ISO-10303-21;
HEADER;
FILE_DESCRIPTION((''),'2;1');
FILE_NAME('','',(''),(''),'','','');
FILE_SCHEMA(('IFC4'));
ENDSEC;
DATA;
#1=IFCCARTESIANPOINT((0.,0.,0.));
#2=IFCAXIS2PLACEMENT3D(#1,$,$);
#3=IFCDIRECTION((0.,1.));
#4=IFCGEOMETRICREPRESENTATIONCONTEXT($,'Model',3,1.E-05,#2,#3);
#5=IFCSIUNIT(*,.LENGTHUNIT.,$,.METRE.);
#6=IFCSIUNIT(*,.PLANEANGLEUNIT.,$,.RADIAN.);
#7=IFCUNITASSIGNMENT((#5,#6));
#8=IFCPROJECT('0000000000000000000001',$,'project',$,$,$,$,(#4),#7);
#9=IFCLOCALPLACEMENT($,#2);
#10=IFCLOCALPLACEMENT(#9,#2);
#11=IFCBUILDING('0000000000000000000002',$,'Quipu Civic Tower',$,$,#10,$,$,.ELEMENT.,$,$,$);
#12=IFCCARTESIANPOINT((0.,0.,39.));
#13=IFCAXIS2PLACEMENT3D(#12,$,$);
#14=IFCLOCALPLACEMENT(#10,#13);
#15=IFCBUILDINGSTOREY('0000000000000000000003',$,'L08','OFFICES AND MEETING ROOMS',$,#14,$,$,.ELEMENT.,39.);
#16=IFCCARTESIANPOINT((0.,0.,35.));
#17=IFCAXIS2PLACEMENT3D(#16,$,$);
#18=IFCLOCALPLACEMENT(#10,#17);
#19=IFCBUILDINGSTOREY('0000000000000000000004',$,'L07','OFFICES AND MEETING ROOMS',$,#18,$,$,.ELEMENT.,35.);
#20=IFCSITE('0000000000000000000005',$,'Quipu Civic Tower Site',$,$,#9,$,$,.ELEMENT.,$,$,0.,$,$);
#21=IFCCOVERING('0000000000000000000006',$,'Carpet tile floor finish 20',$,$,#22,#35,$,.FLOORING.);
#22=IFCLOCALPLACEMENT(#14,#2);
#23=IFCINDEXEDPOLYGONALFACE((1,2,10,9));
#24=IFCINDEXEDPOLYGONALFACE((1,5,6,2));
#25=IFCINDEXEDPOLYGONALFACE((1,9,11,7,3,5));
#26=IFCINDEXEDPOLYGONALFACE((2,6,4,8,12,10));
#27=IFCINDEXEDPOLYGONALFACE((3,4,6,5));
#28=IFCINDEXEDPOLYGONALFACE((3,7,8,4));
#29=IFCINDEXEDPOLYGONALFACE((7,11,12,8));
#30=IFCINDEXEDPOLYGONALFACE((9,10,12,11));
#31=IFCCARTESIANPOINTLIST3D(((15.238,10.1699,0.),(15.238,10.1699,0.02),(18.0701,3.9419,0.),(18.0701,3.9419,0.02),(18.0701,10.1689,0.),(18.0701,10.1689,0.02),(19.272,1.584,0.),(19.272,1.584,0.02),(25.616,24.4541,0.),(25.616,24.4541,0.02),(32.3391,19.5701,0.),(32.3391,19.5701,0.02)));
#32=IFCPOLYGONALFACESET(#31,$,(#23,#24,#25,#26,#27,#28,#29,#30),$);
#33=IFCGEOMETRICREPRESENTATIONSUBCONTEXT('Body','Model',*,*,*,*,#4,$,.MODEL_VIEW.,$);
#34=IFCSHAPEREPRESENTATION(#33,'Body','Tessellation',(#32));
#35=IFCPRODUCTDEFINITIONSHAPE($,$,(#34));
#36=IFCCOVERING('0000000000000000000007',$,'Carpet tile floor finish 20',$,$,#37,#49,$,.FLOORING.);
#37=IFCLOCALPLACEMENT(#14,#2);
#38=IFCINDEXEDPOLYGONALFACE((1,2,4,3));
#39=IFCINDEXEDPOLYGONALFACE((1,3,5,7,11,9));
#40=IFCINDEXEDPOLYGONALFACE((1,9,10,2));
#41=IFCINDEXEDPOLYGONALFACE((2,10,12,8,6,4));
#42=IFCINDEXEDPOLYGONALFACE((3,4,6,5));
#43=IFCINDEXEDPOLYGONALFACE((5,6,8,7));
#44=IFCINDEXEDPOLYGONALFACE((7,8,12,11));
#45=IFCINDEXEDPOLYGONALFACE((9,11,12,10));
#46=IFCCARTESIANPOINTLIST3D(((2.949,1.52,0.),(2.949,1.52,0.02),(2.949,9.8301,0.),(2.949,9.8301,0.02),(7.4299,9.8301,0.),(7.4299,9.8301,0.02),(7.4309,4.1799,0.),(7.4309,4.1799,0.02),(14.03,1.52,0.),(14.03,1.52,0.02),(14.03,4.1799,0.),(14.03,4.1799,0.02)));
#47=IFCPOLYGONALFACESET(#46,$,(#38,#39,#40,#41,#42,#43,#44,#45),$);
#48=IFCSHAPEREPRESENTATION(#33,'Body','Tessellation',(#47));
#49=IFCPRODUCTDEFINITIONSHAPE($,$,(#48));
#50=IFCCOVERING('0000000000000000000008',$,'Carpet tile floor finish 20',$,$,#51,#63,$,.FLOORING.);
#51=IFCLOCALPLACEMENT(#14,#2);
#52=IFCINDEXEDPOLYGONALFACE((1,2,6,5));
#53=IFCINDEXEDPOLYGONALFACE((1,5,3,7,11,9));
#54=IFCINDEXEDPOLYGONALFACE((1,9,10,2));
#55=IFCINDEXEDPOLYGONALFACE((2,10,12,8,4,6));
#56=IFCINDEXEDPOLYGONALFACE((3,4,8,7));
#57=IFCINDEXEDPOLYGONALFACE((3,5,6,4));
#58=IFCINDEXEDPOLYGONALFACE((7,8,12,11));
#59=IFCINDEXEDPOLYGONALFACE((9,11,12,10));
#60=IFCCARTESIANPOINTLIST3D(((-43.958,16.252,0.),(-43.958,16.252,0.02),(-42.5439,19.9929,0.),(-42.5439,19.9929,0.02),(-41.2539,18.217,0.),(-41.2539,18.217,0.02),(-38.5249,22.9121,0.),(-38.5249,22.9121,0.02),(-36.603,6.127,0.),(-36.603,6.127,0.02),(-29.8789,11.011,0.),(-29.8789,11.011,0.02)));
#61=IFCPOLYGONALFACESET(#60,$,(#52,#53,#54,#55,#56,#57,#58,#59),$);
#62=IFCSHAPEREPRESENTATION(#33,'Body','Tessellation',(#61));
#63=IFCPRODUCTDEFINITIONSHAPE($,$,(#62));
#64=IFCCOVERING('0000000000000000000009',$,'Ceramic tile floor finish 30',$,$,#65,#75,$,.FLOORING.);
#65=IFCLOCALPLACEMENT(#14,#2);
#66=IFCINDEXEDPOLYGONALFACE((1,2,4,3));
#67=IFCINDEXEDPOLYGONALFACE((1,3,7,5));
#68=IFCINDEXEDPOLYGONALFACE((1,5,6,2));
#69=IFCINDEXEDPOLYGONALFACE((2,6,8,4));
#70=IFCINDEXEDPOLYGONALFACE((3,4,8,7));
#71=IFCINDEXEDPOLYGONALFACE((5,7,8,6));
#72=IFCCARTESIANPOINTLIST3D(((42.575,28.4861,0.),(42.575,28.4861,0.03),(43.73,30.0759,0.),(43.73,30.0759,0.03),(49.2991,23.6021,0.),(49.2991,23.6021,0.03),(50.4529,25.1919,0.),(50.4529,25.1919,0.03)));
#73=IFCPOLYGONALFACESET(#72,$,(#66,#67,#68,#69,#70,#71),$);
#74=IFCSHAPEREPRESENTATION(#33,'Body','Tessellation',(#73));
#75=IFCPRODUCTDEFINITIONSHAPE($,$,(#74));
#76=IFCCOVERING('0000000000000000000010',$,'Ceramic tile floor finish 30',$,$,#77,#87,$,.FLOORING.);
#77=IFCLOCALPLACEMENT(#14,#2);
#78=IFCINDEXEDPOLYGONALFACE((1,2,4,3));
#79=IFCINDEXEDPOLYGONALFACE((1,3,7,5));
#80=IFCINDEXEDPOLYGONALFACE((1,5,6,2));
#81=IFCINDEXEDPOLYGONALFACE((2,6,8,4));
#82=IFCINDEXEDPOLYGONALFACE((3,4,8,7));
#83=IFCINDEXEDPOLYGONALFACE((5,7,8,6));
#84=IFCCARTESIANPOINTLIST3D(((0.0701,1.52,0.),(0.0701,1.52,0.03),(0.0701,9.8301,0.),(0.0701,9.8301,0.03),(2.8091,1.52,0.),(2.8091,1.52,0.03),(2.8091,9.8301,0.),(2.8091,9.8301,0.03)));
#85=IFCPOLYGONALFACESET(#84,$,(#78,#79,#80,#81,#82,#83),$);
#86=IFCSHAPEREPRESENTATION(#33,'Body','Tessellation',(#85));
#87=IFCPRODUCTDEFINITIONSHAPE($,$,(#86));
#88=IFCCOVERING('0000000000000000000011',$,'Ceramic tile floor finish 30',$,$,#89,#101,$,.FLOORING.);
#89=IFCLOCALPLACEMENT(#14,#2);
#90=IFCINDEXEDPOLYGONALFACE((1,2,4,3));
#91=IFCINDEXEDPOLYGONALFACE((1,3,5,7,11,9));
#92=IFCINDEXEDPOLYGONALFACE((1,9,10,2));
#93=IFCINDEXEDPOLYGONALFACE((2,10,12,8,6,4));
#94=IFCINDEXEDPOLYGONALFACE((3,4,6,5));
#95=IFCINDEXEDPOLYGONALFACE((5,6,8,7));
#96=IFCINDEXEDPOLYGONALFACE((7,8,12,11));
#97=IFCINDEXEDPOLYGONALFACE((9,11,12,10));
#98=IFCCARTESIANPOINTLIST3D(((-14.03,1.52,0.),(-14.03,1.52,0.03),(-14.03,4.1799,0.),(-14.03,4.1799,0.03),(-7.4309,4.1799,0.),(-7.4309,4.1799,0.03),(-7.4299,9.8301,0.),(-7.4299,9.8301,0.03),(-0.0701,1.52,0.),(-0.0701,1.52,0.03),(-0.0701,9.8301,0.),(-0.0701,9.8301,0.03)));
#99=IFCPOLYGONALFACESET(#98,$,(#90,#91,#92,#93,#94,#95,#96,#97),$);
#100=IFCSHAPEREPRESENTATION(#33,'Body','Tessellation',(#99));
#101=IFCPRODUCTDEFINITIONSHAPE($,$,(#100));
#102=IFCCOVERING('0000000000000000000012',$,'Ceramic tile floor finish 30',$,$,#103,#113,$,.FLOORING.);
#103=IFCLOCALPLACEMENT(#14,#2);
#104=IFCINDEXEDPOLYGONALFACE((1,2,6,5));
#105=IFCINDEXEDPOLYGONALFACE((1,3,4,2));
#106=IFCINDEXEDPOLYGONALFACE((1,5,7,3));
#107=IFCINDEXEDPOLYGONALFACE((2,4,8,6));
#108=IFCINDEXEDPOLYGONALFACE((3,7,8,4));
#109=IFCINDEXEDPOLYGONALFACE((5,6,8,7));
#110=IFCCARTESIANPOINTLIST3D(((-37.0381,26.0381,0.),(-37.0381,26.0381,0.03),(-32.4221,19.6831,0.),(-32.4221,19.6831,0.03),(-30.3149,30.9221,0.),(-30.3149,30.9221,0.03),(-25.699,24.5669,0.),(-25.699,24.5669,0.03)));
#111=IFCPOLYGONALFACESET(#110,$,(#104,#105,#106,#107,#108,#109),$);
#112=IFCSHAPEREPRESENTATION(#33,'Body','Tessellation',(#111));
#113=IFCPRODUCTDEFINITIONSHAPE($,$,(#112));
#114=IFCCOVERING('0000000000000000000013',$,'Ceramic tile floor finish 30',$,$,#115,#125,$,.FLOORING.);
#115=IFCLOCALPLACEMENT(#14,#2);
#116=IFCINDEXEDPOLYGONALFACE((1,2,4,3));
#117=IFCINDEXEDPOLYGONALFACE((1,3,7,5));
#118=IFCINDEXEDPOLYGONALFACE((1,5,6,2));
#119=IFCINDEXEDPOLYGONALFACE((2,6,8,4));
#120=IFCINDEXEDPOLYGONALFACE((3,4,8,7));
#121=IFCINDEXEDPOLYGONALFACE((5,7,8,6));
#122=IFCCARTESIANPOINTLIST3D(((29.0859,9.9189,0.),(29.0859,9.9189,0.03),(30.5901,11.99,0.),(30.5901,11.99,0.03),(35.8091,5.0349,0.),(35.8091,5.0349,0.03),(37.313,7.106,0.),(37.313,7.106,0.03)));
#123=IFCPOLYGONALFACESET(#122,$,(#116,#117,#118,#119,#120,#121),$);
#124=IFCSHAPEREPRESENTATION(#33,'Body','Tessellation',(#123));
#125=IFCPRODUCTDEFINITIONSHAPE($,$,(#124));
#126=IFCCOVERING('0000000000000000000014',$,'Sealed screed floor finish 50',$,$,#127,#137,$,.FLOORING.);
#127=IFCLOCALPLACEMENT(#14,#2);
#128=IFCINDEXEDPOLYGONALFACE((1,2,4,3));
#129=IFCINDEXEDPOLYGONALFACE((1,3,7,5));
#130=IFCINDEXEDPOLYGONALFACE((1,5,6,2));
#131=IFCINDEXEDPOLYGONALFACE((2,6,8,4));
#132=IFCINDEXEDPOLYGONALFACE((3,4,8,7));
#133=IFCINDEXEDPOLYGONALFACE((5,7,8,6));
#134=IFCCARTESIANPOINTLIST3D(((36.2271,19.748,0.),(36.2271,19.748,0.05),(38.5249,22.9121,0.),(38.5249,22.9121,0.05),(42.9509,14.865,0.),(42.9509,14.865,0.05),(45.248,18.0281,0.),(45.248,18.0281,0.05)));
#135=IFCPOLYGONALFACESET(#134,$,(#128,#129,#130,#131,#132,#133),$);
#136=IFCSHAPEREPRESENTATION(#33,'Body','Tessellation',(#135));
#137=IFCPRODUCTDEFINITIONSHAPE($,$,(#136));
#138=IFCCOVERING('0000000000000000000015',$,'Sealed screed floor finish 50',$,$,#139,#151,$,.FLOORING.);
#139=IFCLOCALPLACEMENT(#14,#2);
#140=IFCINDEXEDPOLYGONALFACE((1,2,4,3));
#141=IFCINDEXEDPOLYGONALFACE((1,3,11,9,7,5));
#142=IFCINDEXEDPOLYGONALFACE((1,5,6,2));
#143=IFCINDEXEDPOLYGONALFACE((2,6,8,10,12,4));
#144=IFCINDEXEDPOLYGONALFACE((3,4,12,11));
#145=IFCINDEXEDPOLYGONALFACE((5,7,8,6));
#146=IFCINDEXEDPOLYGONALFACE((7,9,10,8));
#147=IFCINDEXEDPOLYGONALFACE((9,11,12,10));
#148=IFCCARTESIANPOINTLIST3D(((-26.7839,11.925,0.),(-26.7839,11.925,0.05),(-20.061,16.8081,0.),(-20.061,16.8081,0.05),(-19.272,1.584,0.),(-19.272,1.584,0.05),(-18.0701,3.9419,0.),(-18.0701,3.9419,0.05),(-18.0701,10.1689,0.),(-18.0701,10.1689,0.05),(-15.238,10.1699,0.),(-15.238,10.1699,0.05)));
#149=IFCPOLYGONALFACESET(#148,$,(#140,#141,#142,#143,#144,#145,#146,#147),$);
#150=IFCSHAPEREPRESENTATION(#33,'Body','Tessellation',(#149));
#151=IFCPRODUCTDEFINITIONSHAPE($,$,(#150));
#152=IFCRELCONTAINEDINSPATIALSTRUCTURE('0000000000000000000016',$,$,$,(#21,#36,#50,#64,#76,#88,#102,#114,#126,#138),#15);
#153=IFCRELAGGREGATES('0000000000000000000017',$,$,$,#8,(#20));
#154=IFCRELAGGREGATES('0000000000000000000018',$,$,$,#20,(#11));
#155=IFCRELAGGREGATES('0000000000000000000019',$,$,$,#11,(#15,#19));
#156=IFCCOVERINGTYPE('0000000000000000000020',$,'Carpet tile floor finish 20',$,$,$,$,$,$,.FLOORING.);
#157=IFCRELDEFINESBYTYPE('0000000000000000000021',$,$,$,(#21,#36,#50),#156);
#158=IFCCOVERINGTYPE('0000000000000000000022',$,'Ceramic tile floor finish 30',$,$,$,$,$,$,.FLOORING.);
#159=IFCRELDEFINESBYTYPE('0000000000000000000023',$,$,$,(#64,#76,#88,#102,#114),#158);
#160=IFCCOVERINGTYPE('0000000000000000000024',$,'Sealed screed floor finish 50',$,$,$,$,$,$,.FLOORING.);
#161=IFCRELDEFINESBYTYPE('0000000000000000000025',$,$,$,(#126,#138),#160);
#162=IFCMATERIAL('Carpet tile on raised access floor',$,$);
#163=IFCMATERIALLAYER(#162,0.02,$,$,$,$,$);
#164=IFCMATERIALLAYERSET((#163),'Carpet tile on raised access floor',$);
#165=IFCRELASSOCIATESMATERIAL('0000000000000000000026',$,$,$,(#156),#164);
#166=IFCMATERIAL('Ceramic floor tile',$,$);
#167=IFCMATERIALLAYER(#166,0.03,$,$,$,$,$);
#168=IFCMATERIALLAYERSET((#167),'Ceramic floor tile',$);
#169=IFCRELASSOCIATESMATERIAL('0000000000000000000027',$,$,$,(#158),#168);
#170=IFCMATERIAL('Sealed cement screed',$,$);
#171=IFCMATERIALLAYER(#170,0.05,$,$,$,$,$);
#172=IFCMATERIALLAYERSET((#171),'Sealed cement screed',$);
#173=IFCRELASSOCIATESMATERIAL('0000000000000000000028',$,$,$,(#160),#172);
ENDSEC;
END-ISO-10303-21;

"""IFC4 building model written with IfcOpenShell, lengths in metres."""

from ifc_helpers import new_model, si_unit, direction, frame, origin, place, context, subcontext, project, spatial, polyline, outline, extrude, material, layer, layer_set, type_object, element, save


model = new_model("IFC4")

# Units and contexts
model_context = context("Model", 3, precision=1e-05, world=origin(), true_north=direction((0.0, 1.0)))
body_context = subcontext(model_context, "Body", "Model", "MODEL_VIEW")
ifc_project = project(units=[si_unit("LENGTHUNIT", "METRE"), si_unit("PLANEANGLEUNIT", "RADIAN")], contexts=[model_context])

# Site, building, storey
site_placement = place(None, origin())
site = spatial("IfcSite", under=ifc_project, at=site_placement, Name="Quipu Civic Tower Site", CompositionType="ELEMENT", RefElevation=0.0)
building_placement = place(site_placement, origin())
building = spatial("IfcBuilding", under=site, at=building_placement, Name="Quipu Civic Tower", CompositionType="ELEMENT")
storey_1_placement = place(building_placement, frame((0.0, 0.0, 39.0)))
storey_1 = spatial("IfcBuildingStorey", under=building, at=storey_1_placement, Name="L08", Description="OFFICES AND MEETING ROOMS", CompositionType="ELEMENT", Elevation=39.0)

# Shared definitions
storey_2_placement = place(building_placement, frame((0.0, 0.0, 35.0)))
storey_2 = spatial("IfcBuildingStorey", under=building, at=storey_2_placement, Name="L07", Description="OFFICES AND MEETING ROOMS", CompositionType="ELEMENT", Elevation=35.0)

# Coverings
ifc_material_1 = material(Name="Carpet tile on raised access floor")
ifc_layer_1 = layer(ifc_material_1, 0.02)
ifc_layer_set_1 = layer_set([ifc_layer_1], Name="Carpet tile on raised access floor")
covering_type_1 = type_object("IfcCoveringType", Name="Carpet tile floor finish 20", PredefinedType="FLOORING", material=ifc_layer_set_1)
covering_1_placement = place(storey_1_placement, origin())
element("IfcCovering", 1, at=covering_1_placement, inside=storey_1, type_object=covering_type_1, Name="Carpet tile floor finish 20", PredefinedType="FLOORING", context=body_context, shape_type="SweptSolid", body=[
    extrude(outline(polyline([(15.238, 10.1699), (25.616, 24.4541), (32.3391, 19.5701), (19.272, 1.584), (18.0701, 3.9419), (18.0701, 10.1689), (15.238, 10.1699)])), origin(), (0.0, 0.0, 1.0), 0.02),
])
covering_2_placement = place(storey_1_placement, origin())
element("IfcCovering", 2, at=covering_2_placement, inside=storey_1, type_object=covering_type_1, Name="Carpet tile floor finish 20", PredefinedType="FLOORING", context=body_context, shape_type="SweptSolid", body=[
    extrude(outline(polyline([(2.949, 1.52), (2.949, 9.8301), (7.4299, 9.8301), (7.4309, 4.1799), (14.03, 4.1799), (14.03, 1.52), (2.949, 1.52)])), origin(), (0.0, 0.0, 1.0), 0.02),
])
covering_3_placement = place(storey_1_placement, origin())
element("IfcCovering", 3, at=covering_3_placement, inside=storey_1, type_object=covering_type_1, Name="Carpet tile floor finish 20", PredefinedType="FLOORING", context=body_context, shape_type="SweptSolid", body=[
    extrude(outline(polyline([(-43.958, 16.252), (-41.2539, 18.217), (-42.5439, 19.9929), (-38.5249, 22.9121), (-29.8789, 11.011), (-36.603, 6.127), (-43.958, 16.252)])), origin(), (0.0, 0.0, 1.0), 0.02),
])
ifc_material_2 = material(Name="Ceramic floor tile")
ifc_layer_2 = layer(ifc_material_2, 0.03)
ifc_layer_set_2 = layer_set([ifc_layer_2], Name="Ceramic floor tile")
covering_type_2 = type_object("IfcCoveringType", Name="Ceramic tile floor finish 30", PredefinedType="FLOORING", material=ifc_layer_set_2)
covering_4_placement = place(storey_1_placement, origin())
element("IfcCovering", 4, at=covering_4_placement, inside=storey_1, type_object=covering_type_2, Name="Ceramic tile floor finish 30", PredefinedType="FLOORING", context=body_context, shape_type="SweptSolid", body=[
    extrude(outline(polyline([(42.575, 28.4861), (43.73, 30.0759), (50.4529, 25.1919), (49.2991, 23.6021), (42.575, 28.4861)])), origin(), (0.0, 0.0, 1.0), 0.03),
])
covering_5_placement = place(storey_1_placement, origin())
element("IfcCovering", 5, at=covering_5_placement, inside=storey_1, type_object=covering_type_2, Name="Ceramic tile floor finish 30", PredefinedType="FLOORING", context=body_context, shape_type="SweptSolid", body=[
    extrude(outline(polyline([(0.0701, 9.8301), (2.8091, 9.8301), (2.8091, 1.52), (0.0701, 1.52), (0.0701, 9.8301)])), origin(), (0.0, 0.0, 1.0), 0.03),
])
covering_6_placement = place(storey_1_placement, origin())
element("IfcCovering", 6, at=covering_6_placement, inside=storey_1, type_object=covering_type_2, Name="Ceramic tile floor finish 30", PredefinedType="FLOORING", context=body_context, shape_type="SweptSolid", body=[
    extrude(outline(polyline([(-14.03, 4.1799), (-7.4309, 4.1799), (-7.4299, 9.8301), (-0.0701, 9.8301), (-0.0701, 1.52), (-14.03, 1.52), (-14.03, 4.1799)])), origin(), (0.0, 0.0, 1.0), 0.03),
])
covering_7_placement = place(storey_1_placement, origin())
element("IfcCovering", 7, at=covering_7_placement, inside=storey_1, type_object=covering_type_2, Name="Ceramic tile floor finish 30", PredefinedType="FLOORING", context=body_context, shape_type="SweptSolid", body=[
    extrude(outline(polyline([(-37.0381, 26.0381), (-30.3149, 30.9221), (-25.699, 24.5669), (-32.4221, 19.6831), (-37.0381, 26.0381)])), origin(), (0.0, 0.0, 1.0), 0.03),
])
covering_8_placement = place(storey_1_placement, origin())
element("IfcCovering", 8, at=covering_8_placement, inside=storey_1, type_object=covering_type_2, Name="Ceramic tile floor finish 30", PredefinedType="FLOORING", context=body_context, shape_type="SweptSolid", body=[
    extrude(outline(polyline([(29.0859, 9.9189), (30.5901, 11.99), (37.313, 7.106), (35.8091, 5.0349), (29.0859, 9.9189)])), origin(), (0.0, 0.0, 1.0), 0.03),
])
ifc_material_3 = material(Name="Sealed cement screed")
ifc_layer_3 = layer(ifc_material_3, 0.05)
ifc_layer_set_3 = layer_set([ifc_layer_3], Name="Sealed cement screed")
covering_type_3 = type_object("IfcCoveringType", Name="Sealed screed floor finish 50", PredefinedType="FLOORING", material=ifc_layer_set_3)
covering_9_placement = place(storey_1_placement, origin())
element("IfcCovering", 9, at=covering_9_placement, inside=storey_1, type_object=covering_type_3, Name="Sealed screed floor finish 50", PredefinedType="FLOORING", context=body_context, shape_type="SweptSolid", body=[
    extrude(outline(polyline([(36.2271, 19.748), (38.5249, 22.9121), (45.248, 18.0281), (42.9509, 14.865), (36.2271, 19.748)])), origin(), (0.0, 0.0, 1.0), 0.05),
])
covering_10_placement = place(storey_1_placement, origin())
element("IfcCovering", 10, at=covering_10_placement, inside=storey_1, type_object=covering_type_3, Name="Sealed screed floor finish 50", PredefinedType="FLOORING", context=body_context, shape_type="SweptSolid", body=[
    extrude(outline(polyline([(-26.7839, 11.925), (-20.061, 16.8081), (-15.238, 10.1699), (-18.0701, 10.1689), (-18.0701, 3.9419), (-19.272, 1.584), (-26.7839, 11.925)])), origin(), (0.0, 0.0, 1.0), 0.05),
])

save(model, "model.ifc")
